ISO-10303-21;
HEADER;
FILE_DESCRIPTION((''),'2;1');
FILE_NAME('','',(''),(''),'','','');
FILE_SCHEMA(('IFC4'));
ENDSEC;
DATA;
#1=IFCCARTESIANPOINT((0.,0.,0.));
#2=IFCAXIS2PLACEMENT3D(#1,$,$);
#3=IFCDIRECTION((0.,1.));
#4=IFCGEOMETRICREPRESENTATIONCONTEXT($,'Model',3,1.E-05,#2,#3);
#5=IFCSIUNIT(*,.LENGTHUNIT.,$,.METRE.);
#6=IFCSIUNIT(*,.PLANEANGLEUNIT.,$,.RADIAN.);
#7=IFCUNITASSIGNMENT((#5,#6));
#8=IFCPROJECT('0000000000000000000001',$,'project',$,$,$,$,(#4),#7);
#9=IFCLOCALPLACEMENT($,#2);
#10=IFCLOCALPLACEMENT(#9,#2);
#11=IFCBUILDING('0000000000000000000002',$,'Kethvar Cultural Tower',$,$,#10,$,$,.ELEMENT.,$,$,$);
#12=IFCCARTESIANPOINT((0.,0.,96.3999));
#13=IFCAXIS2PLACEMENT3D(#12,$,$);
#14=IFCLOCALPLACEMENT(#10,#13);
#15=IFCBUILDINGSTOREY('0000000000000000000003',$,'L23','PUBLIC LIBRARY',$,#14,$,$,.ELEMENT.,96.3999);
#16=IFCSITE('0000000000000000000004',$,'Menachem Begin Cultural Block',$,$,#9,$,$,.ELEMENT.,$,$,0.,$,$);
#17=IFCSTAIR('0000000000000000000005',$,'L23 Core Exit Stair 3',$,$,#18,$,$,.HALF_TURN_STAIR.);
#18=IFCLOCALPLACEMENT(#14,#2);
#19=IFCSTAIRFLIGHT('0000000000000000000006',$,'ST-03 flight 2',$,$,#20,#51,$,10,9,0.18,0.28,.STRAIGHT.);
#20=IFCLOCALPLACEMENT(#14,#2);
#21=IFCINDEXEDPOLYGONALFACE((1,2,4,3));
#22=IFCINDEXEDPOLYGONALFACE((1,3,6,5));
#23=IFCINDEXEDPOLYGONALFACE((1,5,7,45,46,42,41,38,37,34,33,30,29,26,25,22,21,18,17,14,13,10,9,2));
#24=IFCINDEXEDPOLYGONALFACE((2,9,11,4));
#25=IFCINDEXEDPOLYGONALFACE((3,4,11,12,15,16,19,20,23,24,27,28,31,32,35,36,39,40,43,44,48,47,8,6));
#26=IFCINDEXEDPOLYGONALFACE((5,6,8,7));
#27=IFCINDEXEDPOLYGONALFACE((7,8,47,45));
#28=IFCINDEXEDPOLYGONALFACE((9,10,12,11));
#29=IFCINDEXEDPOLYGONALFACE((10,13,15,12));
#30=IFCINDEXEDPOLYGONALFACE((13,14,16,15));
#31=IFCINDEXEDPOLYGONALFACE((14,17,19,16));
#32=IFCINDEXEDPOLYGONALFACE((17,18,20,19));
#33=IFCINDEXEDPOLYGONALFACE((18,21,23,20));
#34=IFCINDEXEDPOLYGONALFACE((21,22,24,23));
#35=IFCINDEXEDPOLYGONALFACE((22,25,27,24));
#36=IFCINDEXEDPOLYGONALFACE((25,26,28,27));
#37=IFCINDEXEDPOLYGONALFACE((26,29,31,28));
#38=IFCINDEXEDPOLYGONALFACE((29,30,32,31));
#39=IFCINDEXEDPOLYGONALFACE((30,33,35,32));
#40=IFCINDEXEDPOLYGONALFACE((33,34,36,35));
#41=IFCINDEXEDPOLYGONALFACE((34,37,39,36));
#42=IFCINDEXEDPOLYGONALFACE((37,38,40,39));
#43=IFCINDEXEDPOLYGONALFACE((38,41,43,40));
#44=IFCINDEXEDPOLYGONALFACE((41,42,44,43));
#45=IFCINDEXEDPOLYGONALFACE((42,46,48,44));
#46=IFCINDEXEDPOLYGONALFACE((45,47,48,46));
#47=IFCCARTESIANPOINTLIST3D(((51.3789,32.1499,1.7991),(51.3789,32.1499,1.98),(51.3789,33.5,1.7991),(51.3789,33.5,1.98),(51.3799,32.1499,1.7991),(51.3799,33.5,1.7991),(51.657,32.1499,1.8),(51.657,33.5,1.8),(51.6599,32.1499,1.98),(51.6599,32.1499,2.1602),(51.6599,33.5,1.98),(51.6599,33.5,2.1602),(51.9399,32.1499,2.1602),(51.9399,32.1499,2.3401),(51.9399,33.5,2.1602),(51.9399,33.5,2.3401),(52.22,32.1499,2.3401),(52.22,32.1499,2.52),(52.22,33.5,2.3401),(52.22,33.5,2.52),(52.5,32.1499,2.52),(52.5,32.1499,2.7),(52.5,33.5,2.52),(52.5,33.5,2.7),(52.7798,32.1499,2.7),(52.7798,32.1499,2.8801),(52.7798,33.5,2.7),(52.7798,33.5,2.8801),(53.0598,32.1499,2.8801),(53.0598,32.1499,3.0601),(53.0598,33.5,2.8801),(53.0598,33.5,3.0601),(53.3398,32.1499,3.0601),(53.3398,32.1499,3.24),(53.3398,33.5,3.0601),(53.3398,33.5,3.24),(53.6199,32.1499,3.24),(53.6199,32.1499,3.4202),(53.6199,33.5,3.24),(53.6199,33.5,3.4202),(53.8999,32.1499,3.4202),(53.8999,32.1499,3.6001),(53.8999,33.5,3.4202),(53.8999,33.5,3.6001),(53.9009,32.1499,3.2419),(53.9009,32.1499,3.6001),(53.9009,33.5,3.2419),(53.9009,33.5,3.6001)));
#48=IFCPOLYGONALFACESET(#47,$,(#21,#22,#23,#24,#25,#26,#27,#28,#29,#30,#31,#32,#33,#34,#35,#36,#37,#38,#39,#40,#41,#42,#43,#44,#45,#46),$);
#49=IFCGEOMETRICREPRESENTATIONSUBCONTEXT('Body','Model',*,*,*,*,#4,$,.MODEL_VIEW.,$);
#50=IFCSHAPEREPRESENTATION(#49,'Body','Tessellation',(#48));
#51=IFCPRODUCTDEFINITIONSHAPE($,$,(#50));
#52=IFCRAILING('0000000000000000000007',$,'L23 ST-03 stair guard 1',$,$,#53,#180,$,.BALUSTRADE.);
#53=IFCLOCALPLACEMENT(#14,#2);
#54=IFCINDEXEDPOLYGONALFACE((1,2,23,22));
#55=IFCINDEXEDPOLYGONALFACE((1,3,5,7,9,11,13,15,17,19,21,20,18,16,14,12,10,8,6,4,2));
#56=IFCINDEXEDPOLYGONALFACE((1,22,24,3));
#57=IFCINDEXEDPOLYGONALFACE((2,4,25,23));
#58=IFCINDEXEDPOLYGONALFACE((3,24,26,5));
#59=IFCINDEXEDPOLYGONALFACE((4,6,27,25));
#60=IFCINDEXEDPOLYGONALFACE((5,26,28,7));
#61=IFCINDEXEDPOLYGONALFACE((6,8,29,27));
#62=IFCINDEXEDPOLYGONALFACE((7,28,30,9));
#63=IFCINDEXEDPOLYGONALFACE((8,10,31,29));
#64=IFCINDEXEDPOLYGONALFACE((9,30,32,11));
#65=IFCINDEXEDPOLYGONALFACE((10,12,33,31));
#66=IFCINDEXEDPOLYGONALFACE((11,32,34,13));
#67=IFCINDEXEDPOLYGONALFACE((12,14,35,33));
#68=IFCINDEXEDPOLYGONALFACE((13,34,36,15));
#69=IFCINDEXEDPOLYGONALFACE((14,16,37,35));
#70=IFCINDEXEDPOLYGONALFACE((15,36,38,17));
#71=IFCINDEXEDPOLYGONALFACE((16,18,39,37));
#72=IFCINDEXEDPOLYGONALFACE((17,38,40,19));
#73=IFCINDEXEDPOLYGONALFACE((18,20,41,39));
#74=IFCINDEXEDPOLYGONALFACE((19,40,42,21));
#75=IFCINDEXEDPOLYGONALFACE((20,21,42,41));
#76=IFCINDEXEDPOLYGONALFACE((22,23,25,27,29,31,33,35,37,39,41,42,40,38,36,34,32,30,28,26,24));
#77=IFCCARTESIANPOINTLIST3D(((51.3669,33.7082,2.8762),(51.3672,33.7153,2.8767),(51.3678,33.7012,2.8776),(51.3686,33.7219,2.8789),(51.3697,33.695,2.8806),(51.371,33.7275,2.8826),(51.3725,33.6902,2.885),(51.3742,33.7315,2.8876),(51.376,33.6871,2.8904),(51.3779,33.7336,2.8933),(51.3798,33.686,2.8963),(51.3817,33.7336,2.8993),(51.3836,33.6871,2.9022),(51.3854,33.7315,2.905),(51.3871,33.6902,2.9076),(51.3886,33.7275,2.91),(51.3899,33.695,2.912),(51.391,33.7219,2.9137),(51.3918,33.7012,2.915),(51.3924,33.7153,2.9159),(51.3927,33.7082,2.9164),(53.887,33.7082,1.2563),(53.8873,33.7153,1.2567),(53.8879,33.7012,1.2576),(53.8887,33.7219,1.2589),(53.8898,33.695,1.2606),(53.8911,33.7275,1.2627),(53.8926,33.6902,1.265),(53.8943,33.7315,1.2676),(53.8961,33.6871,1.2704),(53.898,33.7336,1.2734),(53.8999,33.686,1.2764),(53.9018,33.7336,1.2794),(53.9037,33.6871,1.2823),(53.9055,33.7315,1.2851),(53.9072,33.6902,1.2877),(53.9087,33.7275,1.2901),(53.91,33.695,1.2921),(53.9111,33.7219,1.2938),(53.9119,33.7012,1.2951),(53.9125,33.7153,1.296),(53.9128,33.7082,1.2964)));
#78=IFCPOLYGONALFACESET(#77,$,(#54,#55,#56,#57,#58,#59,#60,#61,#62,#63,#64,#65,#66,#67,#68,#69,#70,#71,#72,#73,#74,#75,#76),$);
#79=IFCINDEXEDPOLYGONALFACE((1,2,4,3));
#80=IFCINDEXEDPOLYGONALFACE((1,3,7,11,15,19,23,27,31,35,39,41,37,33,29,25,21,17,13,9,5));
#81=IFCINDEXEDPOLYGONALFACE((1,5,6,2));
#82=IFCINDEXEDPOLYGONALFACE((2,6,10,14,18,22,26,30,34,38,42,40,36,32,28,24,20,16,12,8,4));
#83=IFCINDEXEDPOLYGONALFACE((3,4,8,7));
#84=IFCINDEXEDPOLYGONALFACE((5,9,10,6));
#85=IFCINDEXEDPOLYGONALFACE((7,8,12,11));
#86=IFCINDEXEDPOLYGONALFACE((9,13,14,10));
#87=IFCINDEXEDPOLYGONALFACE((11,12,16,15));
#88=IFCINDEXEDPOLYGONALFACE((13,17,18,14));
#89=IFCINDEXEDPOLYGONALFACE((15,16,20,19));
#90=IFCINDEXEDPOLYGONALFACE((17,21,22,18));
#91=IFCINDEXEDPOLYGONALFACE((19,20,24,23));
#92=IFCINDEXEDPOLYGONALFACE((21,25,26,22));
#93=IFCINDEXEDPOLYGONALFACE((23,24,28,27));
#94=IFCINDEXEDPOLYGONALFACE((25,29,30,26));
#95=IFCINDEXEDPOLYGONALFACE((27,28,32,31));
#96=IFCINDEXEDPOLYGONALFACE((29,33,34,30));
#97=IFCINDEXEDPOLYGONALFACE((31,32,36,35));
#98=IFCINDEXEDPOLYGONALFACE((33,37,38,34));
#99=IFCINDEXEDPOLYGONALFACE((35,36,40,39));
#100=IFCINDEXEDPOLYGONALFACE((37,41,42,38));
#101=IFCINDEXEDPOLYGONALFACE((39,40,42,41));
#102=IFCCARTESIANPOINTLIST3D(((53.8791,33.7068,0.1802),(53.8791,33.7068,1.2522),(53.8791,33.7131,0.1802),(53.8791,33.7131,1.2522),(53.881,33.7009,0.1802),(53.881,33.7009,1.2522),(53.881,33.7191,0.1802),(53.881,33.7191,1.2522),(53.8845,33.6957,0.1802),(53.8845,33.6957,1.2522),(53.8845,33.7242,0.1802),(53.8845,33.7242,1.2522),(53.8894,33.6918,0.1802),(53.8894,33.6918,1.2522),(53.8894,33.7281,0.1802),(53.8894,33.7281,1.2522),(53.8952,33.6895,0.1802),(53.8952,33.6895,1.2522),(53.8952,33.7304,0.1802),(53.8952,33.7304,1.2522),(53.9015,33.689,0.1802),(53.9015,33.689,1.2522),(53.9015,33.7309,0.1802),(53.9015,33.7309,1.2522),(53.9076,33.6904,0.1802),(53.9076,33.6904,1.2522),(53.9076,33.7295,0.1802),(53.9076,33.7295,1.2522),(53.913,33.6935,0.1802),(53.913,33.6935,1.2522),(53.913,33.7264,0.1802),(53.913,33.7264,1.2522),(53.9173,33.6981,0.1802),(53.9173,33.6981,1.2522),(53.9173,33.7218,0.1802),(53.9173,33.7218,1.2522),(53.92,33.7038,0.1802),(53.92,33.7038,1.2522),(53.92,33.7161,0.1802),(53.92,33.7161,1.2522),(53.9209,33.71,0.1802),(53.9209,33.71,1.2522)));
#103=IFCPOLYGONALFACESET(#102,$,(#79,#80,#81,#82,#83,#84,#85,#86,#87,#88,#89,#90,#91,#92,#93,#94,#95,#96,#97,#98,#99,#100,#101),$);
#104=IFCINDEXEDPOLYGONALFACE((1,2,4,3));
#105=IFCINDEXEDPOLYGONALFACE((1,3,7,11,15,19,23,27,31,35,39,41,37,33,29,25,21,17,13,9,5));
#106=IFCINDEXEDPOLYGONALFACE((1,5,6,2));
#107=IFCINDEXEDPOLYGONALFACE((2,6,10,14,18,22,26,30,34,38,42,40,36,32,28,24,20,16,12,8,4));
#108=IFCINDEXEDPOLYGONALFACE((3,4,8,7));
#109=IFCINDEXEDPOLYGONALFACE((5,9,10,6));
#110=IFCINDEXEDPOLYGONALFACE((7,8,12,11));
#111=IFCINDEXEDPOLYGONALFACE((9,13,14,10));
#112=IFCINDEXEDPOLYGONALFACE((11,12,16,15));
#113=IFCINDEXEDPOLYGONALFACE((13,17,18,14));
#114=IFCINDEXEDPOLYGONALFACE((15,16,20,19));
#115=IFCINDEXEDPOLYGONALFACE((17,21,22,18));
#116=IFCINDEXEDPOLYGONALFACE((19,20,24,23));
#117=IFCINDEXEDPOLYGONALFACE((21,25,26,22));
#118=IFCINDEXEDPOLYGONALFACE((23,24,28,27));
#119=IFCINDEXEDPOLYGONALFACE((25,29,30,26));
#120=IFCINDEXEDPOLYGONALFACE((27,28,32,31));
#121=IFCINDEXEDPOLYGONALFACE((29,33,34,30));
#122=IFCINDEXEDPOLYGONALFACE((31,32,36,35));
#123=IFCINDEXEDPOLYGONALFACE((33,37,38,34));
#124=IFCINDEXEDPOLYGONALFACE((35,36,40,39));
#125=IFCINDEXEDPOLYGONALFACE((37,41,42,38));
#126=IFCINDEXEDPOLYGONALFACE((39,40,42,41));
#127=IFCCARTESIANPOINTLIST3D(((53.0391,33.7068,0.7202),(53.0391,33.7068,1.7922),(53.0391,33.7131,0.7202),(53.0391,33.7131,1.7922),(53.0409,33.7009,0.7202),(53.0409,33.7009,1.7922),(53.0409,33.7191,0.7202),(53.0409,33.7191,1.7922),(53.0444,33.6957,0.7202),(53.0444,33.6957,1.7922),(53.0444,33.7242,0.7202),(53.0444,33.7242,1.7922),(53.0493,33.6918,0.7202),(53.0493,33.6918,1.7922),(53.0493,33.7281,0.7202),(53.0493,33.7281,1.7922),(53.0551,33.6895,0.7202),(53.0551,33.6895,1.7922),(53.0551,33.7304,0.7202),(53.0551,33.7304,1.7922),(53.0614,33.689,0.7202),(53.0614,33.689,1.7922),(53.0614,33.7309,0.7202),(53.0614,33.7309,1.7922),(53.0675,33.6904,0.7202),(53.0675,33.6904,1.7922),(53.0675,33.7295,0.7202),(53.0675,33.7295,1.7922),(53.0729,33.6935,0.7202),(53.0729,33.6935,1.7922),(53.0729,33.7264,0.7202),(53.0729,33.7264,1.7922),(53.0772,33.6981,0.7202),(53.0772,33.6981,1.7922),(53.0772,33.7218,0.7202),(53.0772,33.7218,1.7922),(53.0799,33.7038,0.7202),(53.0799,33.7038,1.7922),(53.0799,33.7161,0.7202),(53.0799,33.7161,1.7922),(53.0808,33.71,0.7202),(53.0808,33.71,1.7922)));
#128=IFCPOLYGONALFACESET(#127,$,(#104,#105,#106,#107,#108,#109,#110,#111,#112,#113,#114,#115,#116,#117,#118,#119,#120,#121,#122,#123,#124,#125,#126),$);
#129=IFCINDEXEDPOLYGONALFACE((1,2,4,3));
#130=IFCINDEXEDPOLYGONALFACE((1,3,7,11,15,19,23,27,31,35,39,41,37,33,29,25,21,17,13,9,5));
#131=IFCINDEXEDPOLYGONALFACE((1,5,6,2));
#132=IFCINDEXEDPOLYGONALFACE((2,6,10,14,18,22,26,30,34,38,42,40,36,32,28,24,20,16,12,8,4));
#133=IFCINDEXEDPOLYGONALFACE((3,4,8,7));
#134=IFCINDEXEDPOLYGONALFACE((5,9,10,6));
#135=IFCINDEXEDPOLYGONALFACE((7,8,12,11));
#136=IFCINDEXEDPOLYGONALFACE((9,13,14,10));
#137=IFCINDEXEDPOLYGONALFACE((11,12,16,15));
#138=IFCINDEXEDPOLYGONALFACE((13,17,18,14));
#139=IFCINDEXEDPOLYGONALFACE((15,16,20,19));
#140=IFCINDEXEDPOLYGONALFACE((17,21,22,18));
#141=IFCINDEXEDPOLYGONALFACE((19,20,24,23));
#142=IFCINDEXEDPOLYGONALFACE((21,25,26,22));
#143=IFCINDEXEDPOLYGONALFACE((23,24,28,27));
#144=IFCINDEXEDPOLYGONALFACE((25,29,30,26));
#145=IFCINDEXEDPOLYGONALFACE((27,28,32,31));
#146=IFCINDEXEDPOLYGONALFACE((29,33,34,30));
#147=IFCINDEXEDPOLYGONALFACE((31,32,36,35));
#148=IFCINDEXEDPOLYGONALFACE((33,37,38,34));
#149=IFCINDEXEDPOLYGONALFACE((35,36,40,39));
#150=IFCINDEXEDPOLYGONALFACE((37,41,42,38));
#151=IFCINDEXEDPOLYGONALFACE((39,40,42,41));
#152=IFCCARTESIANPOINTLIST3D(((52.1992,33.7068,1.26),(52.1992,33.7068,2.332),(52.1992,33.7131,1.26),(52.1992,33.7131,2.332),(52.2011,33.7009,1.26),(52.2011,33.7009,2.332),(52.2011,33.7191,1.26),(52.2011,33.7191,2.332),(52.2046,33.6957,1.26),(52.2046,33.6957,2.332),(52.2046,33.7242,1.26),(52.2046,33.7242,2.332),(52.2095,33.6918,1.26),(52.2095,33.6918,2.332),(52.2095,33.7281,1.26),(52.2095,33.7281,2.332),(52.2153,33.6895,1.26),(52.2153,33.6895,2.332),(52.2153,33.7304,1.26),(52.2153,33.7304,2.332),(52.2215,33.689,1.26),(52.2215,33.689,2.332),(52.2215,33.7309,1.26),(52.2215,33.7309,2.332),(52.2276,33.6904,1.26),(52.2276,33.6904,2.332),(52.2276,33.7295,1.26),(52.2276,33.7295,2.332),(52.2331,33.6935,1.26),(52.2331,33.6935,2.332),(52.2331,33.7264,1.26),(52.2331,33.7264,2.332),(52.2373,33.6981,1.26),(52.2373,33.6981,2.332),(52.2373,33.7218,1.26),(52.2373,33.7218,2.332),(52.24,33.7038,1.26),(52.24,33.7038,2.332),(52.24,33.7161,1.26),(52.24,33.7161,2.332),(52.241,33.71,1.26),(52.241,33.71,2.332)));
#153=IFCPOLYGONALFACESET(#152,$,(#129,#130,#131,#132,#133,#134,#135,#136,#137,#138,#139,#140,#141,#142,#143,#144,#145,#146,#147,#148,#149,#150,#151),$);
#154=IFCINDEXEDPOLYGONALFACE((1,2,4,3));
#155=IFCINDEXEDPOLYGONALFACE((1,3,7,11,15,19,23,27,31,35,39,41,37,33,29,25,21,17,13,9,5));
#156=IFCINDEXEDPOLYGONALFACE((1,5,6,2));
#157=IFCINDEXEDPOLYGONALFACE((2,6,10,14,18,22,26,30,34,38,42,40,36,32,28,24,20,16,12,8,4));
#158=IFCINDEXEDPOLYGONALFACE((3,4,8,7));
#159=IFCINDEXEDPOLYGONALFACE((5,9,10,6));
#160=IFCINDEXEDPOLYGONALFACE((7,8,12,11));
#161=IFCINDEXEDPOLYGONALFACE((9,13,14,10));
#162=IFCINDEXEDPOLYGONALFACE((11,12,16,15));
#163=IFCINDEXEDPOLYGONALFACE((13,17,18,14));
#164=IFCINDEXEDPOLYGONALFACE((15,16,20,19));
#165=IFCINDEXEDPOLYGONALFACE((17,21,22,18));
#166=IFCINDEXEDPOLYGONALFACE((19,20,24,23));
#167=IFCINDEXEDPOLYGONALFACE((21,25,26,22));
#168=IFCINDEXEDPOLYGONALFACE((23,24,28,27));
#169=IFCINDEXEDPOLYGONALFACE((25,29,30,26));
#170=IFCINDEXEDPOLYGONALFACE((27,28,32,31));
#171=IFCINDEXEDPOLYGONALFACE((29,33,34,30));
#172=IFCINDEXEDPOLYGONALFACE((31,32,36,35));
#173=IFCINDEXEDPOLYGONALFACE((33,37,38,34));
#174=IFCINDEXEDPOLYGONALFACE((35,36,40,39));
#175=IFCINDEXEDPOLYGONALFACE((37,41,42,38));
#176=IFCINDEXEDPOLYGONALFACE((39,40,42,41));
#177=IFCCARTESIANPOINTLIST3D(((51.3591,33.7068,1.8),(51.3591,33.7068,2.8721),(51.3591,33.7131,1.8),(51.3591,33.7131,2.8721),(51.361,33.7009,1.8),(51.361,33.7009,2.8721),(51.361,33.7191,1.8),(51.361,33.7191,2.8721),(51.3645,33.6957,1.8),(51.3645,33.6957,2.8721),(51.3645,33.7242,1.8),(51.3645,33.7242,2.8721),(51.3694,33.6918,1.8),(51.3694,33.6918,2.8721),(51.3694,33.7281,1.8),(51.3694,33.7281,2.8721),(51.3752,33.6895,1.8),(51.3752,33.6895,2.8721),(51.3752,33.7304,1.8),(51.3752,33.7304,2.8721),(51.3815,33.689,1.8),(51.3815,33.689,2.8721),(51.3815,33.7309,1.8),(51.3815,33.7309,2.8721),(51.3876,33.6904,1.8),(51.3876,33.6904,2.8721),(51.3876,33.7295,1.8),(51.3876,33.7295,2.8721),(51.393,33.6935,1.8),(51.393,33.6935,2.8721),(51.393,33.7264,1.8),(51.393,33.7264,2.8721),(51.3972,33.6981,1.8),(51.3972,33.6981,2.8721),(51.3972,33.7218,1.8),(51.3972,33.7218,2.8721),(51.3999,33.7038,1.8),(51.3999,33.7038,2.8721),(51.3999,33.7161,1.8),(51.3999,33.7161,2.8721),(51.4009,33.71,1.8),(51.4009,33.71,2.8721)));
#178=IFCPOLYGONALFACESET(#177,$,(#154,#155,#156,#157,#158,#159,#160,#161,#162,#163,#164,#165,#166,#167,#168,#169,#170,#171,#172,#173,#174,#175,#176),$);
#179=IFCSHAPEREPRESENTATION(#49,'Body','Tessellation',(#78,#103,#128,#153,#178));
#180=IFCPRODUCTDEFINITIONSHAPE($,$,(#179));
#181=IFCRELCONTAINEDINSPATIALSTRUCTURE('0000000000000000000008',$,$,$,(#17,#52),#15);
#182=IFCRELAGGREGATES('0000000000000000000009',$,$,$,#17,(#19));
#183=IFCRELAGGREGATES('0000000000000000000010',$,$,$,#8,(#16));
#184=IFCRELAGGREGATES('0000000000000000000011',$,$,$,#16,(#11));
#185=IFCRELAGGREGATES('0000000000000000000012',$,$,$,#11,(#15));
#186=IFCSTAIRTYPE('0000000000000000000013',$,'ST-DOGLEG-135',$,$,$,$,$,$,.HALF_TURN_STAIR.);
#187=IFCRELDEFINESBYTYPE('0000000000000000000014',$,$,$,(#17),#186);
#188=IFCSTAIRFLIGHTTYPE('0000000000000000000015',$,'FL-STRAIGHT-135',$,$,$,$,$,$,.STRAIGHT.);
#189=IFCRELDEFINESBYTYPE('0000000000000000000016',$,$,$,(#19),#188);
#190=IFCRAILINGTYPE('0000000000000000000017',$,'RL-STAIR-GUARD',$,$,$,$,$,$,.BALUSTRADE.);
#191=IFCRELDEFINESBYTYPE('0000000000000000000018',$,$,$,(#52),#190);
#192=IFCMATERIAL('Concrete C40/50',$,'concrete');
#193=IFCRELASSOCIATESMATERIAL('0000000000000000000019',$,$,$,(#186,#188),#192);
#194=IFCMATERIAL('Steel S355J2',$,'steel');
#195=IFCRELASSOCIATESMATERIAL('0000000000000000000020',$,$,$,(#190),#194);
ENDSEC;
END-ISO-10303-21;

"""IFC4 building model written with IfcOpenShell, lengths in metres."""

from ifc_helpers import new_model, si_unit, direction, frame, origin, origin_2d, place, context, subcontext, project, spatial, polyline, circle, outline, extrude, material, type_object, element, aggregate, save


model = new_model("IFC4")

# Units and contexts
model_context = context("Model", 3, precision=1e-05, world=origin(), true_north=direction((0.0, 1.0)))
body_context = subcontext(model_context, "Body", "Model", "MODEL_VIEW")
ifc_project = project(units=[si_unit("LENGTHUNIT", "METRE"), si_unit("PLANEANGLEUNIT", "RADIAN")], contexts=[model_context])

# Site, building, storey
site_placement = place(None, origin())
site = spatial("IfcSite", under=ifc_project, at=site_placement, Name="Menachem Begin Cultural Block", CompositionType="ELEMENT", RefElevation=0.0)
building_placement = place(site_placement, origin())
building = spatial("IfcBuilding", under=site, at=building_placement, Name="Kethvar Cultural Tower", CompositionType="ELEMENT")
storey_placement = place(building_placement, frame((0.0, 0.0, 96.3999)))
storey = spatial("IfcBuildingStorey", under=building, at=storey_placement, Name="L23", Description="PUBLIC LIBRARY", CompositionType="ELEMENT", Elevation=96.3999)

# Shared definitions
ifc_material_1 = material(Name="Steel S355J2", Category="steel")

# Shared definitions
ifc_material_2 = material(Name="Concrete C40/50", Category="concrete")

# Stair, stair flight
stair_type = type_object("IfcStairType", Name="ST-DOGLEG-135", PredefinedType="HALF_TURN_STAIR", material=ifc_material_2)
stair_placement = place(storey_placement, origin())
stair = element("IfcStair", 1, at=stair_placement, inside=storey, type_object=stair_type, Name="L23 Core Exit Stair 3", PredefinedType="HALF_TURN_STAIR")
stair_flight_type = type_object("IfcStairFlightType", Name="FL-STRAIGHT-135", PredefinedType="STRAIGHT", material=ifc_material_2)
stair_flight_1_placement = place(storey_placement, frame((51.3799, 32.825, 1.8), z_axis=(0.0, 0.0, 1.0), x_axis=(1.0, 0.0, 0.0)))
stair_flight_1 = element("IfcStairFlight", 2, at=stair_flight_1_placement, type_object=stair_flight_type, Name="ST-03 flight 2", NumberOfRisers=10, NumberOfTreads=9, PredefinedType="STRAIGHT", RiserHeight=0.18, TreadLength=0.28, context=body_context, shape_type="SweptSolid", body=[
    extrude(outline(polyline([(-0.001, -0.001), (-0.001, 0.1799), (0.28, 0.1799), (0.28, 0.3601), (0.5601, 0.3601), (0.5601, 0.54), (0.8401, 0.54), (0.8401, 0.72), (1.1201, 0.72), (1.1201, 0.8999), (1.3999, 0.8999), (1.3999, 1.0801), (1.6799, 1.0801), (1.6799, 1.26), (1.96, 1.26), (1.96, 1.4399), (2.24, 1.4399), (2.24, 1.6201), (2.52, 1.6201), (2.52, 1.8), (2.521, 1.8), (2.521, 1.4419), (0.2771, 0.0), (0.0, -0.001), (-0.001, -0.001)])), frame((0.0, 0.675, 0.0), z_axis=(0.0, -1.0, 0.0), x_axis=(1.0, 0.0, 0.0)), (0.0, 0.0, 1.0), 1.3501),
])
aggregate(stair, [stair_flight_1])

# Railing
railing_type_1 = type_object("IfcRailingType", Name="RL-STAIR-GUARD", PredefinedType="BALUSTRADE", material=ifc_material_1)
railing_1_placement = place(storey_placement, frame((53.8999, 33.71, 0.1802)))
element("IfcRailing", 3, at=railing_1_placement, inside=storey, type_object=railing_type_1, Name="L23 ST-03 stair guard 1", PredefinedType="BALUSTRADE", context=body_context, shape_type="SweptSolid", body=[
    extrude(circle(Radius=0.0239, at=origin_2d()), frame((0.0, 0.0, 1.0962), z_axis=(-0.8412, 0.0, 0.540725), x_axis=(0.0, -1.0, 0.0)), (0.0, 0.0, 1.0), 2.9958),
    extrude(circle(Radius=0.021, at=origin_2d()), origin(), (0.0, 0.0, 1.0), 1.072),
    extrude(circle(Radius=0.021, at=origin_2d()), frame((-0.8401, 0.0, 0.54)), (0.0, 0.0, 1.0), 1.072),
    extrude(circle(Radius=0.021, at=origin_2d()), frame((-1.6799, 0.0, 1.0798)), (0.0, 0.0, 1.0), 1.072),
    extrude(circle(Radius=0.021, at=origin_2d()), frame((-2.52, 0.0, 1.6199)), (0.0, 0.0, 1.0), 1.072),
])

save(model, "model.ifc")
